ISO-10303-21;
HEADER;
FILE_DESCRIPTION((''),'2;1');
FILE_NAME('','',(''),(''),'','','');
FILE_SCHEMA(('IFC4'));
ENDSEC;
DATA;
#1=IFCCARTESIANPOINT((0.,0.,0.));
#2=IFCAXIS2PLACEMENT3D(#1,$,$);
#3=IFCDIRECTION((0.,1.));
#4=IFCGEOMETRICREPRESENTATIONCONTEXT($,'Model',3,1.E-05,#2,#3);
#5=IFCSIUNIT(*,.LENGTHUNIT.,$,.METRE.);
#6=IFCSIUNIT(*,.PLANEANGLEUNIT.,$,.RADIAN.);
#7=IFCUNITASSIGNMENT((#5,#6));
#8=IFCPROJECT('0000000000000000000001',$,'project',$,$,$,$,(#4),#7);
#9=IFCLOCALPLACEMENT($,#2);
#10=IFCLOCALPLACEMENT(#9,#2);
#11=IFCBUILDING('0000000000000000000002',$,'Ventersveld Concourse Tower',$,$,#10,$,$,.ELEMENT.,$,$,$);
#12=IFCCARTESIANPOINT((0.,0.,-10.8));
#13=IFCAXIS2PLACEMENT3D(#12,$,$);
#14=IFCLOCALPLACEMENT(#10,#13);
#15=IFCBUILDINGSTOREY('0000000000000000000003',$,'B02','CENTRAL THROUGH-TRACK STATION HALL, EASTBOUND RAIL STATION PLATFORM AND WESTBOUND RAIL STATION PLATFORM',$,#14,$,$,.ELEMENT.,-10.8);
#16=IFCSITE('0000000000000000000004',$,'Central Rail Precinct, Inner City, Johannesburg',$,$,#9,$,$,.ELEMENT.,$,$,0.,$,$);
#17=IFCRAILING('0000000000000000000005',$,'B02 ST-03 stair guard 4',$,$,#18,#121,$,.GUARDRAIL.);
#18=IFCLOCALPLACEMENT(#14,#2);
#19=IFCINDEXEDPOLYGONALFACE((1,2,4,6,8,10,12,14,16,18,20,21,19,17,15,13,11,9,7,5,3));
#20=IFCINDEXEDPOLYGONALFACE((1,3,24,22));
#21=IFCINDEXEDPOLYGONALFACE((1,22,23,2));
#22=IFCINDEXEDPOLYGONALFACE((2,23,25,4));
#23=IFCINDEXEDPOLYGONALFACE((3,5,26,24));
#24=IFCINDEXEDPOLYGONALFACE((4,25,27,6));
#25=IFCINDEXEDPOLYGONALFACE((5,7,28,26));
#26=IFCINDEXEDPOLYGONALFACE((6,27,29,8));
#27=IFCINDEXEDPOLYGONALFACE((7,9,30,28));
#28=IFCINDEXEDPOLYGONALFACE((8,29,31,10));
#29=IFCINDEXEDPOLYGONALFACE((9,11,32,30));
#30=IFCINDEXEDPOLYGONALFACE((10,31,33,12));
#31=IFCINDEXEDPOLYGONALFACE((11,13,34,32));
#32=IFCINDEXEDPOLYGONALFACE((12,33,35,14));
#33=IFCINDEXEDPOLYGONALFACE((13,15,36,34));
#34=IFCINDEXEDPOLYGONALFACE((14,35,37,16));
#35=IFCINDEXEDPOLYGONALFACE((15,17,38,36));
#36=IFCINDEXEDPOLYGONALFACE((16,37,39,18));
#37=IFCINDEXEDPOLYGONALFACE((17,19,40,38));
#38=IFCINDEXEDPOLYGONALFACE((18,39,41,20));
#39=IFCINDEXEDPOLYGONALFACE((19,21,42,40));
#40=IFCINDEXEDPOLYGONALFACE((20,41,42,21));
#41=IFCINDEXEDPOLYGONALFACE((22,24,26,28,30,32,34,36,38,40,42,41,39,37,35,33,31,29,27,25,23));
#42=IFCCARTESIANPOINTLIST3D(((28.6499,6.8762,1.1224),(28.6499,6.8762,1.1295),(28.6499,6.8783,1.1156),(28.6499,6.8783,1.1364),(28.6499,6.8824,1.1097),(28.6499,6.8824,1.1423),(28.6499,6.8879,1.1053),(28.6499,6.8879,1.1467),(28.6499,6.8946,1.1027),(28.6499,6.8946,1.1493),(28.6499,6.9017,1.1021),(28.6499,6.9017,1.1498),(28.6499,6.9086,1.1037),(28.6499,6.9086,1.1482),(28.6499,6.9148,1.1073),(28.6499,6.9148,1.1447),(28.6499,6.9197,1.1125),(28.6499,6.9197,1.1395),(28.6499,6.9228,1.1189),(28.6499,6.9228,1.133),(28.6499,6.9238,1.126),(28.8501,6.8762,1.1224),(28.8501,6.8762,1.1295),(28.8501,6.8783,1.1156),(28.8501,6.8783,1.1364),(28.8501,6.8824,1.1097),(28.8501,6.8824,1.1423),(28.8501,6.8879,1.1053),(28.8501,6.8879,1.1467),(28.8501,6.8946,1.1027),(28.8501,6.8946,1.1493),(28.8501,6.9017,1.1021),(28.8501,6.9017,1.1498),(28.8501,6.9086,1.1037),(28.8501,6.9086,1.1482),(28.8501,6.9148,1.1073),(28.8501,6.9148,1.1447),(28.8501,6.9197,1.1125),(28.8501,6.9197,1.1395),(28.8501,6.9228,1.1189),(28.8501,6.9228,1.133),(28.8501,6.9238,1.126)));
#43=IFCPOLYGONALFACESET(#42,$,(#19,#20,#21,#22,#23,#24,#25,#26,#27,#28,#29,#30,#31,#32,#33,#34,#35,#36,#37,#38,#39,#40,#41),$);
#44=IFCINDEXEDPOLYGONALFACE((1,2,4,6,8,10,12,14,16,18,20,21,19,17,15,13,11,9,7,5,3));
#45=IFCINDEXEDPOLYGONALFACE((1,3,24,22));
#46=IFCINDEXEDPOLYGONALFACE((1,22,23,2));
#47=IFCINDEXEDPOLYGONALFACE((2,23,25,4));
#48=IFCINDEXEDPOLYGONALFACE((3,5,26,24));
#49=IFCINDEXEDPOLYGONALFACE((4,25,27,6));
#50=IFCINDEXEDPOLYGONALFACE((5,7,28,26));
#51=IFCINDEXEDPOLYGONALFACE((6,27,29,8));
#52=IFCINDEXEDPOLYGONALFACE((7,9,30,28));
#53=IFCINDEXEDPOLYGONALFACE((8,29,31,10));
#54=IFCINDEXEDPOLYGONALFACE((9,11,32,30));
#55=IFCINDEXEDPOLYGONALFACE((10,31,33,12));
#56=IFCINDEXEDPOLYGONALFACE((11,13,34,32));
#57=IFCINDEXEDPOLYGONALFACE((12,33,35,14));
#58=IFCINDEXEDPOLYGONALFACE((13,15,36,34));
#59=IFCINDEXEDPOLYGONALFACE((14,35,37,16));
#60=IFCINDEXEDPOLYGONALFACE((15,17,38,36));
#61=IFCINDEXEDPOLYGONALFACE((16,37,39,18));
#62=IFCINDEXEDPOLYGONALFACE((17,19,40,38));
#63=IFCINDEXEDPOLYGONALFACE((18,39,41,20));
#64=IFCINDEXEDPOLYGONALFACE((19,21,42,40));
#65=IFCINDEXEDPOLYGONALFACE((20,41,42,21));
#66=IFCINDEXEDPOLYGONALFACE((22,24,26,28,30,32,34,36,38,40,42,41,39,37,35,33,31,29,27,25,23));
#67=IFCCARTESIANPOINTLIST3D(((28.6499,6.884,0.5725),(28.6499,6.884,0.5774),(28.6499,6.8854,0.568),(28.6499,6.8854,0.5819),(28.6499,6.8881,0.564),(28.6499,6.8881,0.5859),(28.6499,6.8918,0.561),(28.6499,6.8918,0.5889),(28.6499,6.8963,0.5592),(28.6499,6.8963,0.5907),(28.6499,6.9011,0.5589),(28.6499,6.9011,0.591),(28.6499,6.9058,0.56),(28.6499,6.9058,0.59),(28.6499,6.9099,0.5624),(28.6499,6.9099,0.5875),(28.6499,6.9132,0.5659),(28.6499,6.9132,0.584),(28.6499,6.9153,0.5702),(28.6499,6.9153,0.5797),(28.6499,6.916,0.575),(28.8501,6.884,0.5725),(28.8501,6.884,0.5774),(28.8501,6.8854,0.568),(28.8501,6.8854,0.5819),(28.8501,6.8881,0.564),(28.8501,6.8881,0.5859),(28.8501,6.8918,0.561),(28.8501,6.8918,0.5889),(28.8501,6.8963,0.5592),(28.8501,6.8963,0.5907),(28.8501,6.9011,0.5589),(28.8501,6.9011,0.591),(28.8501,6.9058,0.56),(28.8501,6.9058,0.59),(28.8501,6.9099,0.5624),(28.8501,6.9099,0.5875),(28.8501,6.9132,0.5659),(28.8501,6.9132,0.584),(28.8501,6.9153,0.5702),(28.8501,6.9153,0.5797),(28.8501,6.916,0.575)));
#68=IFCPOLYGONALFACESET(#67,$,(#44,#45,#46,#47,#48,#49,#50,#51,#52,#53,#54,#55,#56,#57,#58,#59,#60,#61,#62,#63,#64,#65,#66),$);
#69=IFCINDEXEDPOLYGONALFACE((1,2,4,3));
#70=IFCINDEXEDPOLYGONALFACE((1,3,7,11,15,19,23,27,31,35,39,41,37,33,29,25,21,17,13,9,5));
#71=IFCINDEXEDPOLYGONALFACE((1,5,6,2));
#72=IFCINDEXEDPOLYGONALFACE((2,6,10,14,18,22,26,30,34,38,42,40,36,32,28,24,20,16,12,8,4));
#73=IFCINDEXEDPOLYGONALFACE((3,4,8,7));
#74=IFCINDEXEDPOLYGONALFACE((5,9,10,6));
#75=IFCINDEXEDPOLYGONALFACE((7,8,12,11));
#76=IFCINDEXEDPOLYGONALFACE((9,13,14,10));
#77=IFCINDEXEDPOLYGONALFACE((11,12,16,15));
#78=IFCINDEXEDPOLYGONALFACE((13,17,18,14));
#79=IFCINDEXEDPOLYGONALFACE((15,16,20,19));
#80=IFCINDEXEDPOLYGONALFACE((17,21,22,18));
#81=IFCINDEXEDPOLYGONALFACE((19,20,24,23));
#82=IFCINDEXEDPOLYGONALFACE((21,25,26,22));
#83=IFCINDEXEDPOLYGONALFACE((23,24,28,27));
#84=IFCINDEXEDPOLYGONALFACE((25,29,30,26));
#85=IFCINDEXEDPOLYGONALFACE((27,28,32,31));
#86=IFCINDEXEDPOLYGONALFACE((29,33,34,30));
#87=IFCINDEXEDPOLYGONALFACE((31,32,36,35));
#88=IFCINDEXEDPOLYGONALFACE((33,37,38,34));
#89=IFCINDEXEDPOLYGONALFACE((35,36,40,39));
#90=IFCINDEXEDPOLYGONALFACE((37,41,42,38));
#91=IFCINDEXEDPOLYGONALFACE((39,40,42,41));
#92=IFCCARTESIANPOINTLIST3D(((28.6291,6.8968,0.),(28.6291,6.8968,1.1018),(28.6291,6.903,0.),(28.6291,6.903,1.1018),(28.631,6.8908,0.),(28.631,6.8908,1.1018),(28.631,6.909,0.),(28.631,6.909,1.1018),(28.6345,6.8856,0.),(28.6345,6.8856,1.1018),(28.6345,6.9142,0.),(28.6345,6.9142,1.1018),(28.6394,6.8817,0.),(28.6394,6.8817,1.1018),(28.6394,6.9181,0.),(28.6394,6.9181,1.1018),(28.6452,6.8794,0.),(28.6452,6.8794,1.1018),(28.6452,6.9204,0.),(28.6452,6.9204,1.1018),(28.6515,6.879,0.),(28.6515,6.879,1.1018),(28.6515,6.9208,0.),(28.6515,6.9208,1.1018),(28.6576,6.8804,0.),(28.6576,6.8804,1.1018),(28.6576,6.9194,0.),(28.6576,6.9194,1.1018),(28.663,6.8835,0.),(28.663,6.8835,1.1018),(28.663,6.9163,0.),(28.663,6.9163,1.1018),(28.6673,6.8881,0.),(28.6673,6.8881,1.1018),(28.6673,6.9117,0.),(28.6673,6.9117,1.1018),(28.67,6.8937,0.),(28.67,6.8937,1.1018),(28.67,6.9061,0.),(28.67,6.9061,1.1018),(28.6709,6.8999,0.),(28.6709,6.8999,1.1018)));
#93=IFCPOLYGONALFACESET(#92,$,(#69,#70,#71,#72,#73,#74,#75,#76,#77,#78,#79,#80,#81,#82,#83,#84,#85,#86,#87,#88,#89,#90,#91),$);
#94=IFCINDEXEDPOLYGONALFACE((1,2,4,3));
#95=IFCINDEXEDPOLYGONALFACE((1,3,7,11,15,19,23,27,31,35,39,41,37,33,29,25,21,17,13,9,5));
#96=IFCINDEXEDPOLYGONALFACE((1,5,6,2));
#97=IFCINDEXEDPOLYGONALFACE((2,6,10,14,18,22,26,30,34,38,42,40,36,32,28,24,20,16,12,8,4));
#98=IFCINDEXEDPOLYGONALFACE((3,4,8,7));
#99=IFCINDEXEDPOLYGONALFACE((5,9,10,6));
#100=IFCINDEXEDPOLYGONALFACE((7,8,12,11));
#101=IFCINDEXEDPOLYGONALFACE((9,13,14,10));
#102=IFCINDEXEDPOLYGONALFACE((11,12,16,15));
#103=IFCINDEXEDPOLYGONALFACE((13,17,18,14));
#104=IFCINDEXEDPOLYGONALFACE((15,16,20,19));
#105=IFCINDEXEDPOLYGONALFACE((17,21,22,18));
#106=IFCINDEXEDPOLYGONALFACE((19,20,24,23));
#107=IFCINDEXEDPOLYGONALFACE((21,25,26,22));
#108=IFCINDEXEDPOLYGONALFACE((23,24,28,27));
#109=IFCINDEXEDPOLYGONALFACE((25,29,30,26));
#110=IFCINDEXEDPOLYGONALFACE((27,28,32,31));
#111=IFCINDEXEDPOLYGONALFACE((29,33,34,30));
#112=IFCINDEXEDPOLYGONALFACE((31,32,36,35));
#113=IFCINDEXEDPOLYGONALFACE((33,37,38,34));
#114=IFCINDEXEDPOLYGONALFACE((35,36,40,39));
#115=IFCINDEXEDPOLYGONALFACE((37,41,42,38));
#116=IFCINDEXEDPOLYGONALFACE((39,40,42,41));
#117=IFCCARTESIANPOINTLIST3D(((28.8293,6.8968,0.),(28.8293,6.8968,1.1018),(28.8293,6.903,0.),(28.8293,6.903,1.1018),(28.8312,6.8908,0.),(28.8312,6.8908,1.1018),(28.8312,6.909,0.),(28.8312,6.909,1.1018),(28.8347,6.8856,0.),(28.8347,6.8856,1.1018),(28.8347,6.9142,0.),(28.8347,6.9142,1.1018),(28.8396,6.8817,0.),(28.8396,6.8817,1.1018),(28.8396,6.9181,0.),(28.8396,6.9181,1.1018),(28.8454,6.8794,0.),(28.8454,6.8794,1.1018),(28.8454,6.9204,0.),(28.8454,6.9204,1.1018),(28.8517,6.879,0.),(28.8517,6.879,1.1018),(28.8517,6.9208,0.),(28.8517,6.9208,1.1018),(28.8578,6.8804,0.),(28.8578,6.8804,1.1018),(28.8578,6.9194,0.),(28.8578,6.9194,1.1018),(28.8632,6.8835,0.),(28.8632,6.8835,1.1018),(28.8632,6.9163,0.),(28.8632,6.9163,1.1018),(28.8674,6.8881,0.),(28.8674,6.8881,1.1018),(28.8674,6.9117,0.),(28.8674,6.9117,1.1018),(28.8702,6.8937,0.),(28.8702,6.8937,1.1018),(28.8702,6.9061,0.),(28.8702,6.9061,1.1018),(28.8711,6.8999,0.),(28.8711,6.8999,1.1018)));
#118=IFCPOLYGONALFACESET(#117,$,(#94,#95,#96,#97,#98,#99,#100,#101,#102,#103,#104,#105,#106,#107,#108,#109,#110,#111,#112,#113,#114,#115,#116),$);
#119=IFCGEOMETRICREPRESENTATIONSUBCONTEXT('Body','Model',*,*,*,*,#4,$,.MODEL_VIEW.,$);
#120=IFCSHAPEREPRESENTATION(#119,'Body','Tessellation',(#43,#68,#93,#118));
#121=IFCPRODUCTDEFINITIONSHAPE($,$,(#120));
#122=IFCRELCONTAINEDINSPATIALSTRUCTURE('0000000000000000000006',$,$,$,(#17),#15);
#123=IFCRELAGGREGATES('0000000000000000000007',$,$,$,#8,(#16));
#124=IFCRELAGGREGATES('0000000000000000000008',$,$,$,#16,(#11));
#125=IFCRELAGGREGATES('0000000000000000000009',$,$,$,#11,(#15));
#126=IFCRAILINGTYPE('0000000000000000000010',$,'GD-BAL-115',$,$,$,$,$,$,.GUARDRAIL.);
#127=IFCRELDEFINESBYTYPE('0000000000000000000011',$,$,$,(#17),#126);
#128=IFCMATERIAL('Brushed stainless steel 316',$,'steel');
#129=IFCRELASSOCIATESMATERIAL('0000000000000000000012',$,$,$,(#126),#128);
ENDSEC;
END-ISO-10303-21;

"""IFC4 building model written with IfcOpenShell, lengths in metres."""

from ifc_helpers import new_model, si_unit, direction, frame, origin, origin_2d, place, context, subcontext, project, spatial, circle, extrude, material, type_object, element, save


model = new_model("IFC4")

# Units and contexts
model_context = context("Model", 3, precision=1e-05, world=origin(), true_north=direction((0.0, 1.0)))
body_context = subcontext(model_context, "Body", "Model", "MODEL_VIEW")
ifc_project = project(units=[si_unit("LENGTHUNIT", "METRE"), si_unit("PLANEANGLEUNIT", "RADIAN")], contexts=[model_context])

# Site, building, storey
site_placement = place(None, origin())
site = spatial("IfcSite", under=ifc_project, at=site_placement, Name="Central Rail Precinct, Inner City, Johannesburg", CompositionType="ELEMENT", RefElevation=0.0)
building_placement = place(site_placement, origin())
building = spatial("IfcBuilding", under=site, at=building_placement, Name="Ventersveld Concourse Tower", CompositionType="ELEMENT")
storey_placement = place(building_placement, frame((0.0, 0.0, -10.8)))
storey = spatial("IfcBuildingStorey", under=building, at=storey_placement, Name="B02", Description="CENTRAL THROUGH-TRACK STATION HALL, EASTBOUND RAIL STATION PLATFORM AND WESTBOUND RAIL STATION PLATFORM", CompositionType="ELEMENT", Elevation=-10.8)

# Railing
ifc_material_1 = material(Name="Brushed stainless steel 316", Category="steel")
railing_type_1 = type_object("IfcRailingType", Name="GD-BAL-115", PredefinedType="GUARDRAIL", material=ifc_material_1)
railing_1_placement = place(storey_placement, frame((28.6499, 6.8999, 0.0)))
element("IfcRailing", 1, at=railing_1_placement, inside=storey, type_object=railing_type_1, Name="B02 ST-03 stair guard 4", PredefinedType="GUARDRAIL", context=body_context, shape_type="SweptSolid", body=[
    extrude(circle(Radius=0.0239, at=origin_2d()), frame((0.0, 0.0, 1.126), z_axis=(1.0, 0.0, 0.0), x_axis=(0.0, 1.0, 0.0)), (0.0, 0.0, 1.0), 0.2002),
    extrude(circle(Radius=0.0161, at=origin_2d()), frame((0.0, 0.0, 0.575), z_axis=(1.0, 0.0, 0.0), x_axis=(0.0, 1.0, 0.0)), (0.0, 0.0, 1.0), 0.2002),
    extrude(circle(Radius=0.021, at=origin_2d()), origin(), (0.0, 0.0, 1.0), 1.1018),
    extrude(circle(Radius=0.021, at=origin_2d()), frame((0.2002, 0.0, 0.0)), (0.0, 0.0, 1.0), 1.1018),
])

save(model, "model.ifc")
